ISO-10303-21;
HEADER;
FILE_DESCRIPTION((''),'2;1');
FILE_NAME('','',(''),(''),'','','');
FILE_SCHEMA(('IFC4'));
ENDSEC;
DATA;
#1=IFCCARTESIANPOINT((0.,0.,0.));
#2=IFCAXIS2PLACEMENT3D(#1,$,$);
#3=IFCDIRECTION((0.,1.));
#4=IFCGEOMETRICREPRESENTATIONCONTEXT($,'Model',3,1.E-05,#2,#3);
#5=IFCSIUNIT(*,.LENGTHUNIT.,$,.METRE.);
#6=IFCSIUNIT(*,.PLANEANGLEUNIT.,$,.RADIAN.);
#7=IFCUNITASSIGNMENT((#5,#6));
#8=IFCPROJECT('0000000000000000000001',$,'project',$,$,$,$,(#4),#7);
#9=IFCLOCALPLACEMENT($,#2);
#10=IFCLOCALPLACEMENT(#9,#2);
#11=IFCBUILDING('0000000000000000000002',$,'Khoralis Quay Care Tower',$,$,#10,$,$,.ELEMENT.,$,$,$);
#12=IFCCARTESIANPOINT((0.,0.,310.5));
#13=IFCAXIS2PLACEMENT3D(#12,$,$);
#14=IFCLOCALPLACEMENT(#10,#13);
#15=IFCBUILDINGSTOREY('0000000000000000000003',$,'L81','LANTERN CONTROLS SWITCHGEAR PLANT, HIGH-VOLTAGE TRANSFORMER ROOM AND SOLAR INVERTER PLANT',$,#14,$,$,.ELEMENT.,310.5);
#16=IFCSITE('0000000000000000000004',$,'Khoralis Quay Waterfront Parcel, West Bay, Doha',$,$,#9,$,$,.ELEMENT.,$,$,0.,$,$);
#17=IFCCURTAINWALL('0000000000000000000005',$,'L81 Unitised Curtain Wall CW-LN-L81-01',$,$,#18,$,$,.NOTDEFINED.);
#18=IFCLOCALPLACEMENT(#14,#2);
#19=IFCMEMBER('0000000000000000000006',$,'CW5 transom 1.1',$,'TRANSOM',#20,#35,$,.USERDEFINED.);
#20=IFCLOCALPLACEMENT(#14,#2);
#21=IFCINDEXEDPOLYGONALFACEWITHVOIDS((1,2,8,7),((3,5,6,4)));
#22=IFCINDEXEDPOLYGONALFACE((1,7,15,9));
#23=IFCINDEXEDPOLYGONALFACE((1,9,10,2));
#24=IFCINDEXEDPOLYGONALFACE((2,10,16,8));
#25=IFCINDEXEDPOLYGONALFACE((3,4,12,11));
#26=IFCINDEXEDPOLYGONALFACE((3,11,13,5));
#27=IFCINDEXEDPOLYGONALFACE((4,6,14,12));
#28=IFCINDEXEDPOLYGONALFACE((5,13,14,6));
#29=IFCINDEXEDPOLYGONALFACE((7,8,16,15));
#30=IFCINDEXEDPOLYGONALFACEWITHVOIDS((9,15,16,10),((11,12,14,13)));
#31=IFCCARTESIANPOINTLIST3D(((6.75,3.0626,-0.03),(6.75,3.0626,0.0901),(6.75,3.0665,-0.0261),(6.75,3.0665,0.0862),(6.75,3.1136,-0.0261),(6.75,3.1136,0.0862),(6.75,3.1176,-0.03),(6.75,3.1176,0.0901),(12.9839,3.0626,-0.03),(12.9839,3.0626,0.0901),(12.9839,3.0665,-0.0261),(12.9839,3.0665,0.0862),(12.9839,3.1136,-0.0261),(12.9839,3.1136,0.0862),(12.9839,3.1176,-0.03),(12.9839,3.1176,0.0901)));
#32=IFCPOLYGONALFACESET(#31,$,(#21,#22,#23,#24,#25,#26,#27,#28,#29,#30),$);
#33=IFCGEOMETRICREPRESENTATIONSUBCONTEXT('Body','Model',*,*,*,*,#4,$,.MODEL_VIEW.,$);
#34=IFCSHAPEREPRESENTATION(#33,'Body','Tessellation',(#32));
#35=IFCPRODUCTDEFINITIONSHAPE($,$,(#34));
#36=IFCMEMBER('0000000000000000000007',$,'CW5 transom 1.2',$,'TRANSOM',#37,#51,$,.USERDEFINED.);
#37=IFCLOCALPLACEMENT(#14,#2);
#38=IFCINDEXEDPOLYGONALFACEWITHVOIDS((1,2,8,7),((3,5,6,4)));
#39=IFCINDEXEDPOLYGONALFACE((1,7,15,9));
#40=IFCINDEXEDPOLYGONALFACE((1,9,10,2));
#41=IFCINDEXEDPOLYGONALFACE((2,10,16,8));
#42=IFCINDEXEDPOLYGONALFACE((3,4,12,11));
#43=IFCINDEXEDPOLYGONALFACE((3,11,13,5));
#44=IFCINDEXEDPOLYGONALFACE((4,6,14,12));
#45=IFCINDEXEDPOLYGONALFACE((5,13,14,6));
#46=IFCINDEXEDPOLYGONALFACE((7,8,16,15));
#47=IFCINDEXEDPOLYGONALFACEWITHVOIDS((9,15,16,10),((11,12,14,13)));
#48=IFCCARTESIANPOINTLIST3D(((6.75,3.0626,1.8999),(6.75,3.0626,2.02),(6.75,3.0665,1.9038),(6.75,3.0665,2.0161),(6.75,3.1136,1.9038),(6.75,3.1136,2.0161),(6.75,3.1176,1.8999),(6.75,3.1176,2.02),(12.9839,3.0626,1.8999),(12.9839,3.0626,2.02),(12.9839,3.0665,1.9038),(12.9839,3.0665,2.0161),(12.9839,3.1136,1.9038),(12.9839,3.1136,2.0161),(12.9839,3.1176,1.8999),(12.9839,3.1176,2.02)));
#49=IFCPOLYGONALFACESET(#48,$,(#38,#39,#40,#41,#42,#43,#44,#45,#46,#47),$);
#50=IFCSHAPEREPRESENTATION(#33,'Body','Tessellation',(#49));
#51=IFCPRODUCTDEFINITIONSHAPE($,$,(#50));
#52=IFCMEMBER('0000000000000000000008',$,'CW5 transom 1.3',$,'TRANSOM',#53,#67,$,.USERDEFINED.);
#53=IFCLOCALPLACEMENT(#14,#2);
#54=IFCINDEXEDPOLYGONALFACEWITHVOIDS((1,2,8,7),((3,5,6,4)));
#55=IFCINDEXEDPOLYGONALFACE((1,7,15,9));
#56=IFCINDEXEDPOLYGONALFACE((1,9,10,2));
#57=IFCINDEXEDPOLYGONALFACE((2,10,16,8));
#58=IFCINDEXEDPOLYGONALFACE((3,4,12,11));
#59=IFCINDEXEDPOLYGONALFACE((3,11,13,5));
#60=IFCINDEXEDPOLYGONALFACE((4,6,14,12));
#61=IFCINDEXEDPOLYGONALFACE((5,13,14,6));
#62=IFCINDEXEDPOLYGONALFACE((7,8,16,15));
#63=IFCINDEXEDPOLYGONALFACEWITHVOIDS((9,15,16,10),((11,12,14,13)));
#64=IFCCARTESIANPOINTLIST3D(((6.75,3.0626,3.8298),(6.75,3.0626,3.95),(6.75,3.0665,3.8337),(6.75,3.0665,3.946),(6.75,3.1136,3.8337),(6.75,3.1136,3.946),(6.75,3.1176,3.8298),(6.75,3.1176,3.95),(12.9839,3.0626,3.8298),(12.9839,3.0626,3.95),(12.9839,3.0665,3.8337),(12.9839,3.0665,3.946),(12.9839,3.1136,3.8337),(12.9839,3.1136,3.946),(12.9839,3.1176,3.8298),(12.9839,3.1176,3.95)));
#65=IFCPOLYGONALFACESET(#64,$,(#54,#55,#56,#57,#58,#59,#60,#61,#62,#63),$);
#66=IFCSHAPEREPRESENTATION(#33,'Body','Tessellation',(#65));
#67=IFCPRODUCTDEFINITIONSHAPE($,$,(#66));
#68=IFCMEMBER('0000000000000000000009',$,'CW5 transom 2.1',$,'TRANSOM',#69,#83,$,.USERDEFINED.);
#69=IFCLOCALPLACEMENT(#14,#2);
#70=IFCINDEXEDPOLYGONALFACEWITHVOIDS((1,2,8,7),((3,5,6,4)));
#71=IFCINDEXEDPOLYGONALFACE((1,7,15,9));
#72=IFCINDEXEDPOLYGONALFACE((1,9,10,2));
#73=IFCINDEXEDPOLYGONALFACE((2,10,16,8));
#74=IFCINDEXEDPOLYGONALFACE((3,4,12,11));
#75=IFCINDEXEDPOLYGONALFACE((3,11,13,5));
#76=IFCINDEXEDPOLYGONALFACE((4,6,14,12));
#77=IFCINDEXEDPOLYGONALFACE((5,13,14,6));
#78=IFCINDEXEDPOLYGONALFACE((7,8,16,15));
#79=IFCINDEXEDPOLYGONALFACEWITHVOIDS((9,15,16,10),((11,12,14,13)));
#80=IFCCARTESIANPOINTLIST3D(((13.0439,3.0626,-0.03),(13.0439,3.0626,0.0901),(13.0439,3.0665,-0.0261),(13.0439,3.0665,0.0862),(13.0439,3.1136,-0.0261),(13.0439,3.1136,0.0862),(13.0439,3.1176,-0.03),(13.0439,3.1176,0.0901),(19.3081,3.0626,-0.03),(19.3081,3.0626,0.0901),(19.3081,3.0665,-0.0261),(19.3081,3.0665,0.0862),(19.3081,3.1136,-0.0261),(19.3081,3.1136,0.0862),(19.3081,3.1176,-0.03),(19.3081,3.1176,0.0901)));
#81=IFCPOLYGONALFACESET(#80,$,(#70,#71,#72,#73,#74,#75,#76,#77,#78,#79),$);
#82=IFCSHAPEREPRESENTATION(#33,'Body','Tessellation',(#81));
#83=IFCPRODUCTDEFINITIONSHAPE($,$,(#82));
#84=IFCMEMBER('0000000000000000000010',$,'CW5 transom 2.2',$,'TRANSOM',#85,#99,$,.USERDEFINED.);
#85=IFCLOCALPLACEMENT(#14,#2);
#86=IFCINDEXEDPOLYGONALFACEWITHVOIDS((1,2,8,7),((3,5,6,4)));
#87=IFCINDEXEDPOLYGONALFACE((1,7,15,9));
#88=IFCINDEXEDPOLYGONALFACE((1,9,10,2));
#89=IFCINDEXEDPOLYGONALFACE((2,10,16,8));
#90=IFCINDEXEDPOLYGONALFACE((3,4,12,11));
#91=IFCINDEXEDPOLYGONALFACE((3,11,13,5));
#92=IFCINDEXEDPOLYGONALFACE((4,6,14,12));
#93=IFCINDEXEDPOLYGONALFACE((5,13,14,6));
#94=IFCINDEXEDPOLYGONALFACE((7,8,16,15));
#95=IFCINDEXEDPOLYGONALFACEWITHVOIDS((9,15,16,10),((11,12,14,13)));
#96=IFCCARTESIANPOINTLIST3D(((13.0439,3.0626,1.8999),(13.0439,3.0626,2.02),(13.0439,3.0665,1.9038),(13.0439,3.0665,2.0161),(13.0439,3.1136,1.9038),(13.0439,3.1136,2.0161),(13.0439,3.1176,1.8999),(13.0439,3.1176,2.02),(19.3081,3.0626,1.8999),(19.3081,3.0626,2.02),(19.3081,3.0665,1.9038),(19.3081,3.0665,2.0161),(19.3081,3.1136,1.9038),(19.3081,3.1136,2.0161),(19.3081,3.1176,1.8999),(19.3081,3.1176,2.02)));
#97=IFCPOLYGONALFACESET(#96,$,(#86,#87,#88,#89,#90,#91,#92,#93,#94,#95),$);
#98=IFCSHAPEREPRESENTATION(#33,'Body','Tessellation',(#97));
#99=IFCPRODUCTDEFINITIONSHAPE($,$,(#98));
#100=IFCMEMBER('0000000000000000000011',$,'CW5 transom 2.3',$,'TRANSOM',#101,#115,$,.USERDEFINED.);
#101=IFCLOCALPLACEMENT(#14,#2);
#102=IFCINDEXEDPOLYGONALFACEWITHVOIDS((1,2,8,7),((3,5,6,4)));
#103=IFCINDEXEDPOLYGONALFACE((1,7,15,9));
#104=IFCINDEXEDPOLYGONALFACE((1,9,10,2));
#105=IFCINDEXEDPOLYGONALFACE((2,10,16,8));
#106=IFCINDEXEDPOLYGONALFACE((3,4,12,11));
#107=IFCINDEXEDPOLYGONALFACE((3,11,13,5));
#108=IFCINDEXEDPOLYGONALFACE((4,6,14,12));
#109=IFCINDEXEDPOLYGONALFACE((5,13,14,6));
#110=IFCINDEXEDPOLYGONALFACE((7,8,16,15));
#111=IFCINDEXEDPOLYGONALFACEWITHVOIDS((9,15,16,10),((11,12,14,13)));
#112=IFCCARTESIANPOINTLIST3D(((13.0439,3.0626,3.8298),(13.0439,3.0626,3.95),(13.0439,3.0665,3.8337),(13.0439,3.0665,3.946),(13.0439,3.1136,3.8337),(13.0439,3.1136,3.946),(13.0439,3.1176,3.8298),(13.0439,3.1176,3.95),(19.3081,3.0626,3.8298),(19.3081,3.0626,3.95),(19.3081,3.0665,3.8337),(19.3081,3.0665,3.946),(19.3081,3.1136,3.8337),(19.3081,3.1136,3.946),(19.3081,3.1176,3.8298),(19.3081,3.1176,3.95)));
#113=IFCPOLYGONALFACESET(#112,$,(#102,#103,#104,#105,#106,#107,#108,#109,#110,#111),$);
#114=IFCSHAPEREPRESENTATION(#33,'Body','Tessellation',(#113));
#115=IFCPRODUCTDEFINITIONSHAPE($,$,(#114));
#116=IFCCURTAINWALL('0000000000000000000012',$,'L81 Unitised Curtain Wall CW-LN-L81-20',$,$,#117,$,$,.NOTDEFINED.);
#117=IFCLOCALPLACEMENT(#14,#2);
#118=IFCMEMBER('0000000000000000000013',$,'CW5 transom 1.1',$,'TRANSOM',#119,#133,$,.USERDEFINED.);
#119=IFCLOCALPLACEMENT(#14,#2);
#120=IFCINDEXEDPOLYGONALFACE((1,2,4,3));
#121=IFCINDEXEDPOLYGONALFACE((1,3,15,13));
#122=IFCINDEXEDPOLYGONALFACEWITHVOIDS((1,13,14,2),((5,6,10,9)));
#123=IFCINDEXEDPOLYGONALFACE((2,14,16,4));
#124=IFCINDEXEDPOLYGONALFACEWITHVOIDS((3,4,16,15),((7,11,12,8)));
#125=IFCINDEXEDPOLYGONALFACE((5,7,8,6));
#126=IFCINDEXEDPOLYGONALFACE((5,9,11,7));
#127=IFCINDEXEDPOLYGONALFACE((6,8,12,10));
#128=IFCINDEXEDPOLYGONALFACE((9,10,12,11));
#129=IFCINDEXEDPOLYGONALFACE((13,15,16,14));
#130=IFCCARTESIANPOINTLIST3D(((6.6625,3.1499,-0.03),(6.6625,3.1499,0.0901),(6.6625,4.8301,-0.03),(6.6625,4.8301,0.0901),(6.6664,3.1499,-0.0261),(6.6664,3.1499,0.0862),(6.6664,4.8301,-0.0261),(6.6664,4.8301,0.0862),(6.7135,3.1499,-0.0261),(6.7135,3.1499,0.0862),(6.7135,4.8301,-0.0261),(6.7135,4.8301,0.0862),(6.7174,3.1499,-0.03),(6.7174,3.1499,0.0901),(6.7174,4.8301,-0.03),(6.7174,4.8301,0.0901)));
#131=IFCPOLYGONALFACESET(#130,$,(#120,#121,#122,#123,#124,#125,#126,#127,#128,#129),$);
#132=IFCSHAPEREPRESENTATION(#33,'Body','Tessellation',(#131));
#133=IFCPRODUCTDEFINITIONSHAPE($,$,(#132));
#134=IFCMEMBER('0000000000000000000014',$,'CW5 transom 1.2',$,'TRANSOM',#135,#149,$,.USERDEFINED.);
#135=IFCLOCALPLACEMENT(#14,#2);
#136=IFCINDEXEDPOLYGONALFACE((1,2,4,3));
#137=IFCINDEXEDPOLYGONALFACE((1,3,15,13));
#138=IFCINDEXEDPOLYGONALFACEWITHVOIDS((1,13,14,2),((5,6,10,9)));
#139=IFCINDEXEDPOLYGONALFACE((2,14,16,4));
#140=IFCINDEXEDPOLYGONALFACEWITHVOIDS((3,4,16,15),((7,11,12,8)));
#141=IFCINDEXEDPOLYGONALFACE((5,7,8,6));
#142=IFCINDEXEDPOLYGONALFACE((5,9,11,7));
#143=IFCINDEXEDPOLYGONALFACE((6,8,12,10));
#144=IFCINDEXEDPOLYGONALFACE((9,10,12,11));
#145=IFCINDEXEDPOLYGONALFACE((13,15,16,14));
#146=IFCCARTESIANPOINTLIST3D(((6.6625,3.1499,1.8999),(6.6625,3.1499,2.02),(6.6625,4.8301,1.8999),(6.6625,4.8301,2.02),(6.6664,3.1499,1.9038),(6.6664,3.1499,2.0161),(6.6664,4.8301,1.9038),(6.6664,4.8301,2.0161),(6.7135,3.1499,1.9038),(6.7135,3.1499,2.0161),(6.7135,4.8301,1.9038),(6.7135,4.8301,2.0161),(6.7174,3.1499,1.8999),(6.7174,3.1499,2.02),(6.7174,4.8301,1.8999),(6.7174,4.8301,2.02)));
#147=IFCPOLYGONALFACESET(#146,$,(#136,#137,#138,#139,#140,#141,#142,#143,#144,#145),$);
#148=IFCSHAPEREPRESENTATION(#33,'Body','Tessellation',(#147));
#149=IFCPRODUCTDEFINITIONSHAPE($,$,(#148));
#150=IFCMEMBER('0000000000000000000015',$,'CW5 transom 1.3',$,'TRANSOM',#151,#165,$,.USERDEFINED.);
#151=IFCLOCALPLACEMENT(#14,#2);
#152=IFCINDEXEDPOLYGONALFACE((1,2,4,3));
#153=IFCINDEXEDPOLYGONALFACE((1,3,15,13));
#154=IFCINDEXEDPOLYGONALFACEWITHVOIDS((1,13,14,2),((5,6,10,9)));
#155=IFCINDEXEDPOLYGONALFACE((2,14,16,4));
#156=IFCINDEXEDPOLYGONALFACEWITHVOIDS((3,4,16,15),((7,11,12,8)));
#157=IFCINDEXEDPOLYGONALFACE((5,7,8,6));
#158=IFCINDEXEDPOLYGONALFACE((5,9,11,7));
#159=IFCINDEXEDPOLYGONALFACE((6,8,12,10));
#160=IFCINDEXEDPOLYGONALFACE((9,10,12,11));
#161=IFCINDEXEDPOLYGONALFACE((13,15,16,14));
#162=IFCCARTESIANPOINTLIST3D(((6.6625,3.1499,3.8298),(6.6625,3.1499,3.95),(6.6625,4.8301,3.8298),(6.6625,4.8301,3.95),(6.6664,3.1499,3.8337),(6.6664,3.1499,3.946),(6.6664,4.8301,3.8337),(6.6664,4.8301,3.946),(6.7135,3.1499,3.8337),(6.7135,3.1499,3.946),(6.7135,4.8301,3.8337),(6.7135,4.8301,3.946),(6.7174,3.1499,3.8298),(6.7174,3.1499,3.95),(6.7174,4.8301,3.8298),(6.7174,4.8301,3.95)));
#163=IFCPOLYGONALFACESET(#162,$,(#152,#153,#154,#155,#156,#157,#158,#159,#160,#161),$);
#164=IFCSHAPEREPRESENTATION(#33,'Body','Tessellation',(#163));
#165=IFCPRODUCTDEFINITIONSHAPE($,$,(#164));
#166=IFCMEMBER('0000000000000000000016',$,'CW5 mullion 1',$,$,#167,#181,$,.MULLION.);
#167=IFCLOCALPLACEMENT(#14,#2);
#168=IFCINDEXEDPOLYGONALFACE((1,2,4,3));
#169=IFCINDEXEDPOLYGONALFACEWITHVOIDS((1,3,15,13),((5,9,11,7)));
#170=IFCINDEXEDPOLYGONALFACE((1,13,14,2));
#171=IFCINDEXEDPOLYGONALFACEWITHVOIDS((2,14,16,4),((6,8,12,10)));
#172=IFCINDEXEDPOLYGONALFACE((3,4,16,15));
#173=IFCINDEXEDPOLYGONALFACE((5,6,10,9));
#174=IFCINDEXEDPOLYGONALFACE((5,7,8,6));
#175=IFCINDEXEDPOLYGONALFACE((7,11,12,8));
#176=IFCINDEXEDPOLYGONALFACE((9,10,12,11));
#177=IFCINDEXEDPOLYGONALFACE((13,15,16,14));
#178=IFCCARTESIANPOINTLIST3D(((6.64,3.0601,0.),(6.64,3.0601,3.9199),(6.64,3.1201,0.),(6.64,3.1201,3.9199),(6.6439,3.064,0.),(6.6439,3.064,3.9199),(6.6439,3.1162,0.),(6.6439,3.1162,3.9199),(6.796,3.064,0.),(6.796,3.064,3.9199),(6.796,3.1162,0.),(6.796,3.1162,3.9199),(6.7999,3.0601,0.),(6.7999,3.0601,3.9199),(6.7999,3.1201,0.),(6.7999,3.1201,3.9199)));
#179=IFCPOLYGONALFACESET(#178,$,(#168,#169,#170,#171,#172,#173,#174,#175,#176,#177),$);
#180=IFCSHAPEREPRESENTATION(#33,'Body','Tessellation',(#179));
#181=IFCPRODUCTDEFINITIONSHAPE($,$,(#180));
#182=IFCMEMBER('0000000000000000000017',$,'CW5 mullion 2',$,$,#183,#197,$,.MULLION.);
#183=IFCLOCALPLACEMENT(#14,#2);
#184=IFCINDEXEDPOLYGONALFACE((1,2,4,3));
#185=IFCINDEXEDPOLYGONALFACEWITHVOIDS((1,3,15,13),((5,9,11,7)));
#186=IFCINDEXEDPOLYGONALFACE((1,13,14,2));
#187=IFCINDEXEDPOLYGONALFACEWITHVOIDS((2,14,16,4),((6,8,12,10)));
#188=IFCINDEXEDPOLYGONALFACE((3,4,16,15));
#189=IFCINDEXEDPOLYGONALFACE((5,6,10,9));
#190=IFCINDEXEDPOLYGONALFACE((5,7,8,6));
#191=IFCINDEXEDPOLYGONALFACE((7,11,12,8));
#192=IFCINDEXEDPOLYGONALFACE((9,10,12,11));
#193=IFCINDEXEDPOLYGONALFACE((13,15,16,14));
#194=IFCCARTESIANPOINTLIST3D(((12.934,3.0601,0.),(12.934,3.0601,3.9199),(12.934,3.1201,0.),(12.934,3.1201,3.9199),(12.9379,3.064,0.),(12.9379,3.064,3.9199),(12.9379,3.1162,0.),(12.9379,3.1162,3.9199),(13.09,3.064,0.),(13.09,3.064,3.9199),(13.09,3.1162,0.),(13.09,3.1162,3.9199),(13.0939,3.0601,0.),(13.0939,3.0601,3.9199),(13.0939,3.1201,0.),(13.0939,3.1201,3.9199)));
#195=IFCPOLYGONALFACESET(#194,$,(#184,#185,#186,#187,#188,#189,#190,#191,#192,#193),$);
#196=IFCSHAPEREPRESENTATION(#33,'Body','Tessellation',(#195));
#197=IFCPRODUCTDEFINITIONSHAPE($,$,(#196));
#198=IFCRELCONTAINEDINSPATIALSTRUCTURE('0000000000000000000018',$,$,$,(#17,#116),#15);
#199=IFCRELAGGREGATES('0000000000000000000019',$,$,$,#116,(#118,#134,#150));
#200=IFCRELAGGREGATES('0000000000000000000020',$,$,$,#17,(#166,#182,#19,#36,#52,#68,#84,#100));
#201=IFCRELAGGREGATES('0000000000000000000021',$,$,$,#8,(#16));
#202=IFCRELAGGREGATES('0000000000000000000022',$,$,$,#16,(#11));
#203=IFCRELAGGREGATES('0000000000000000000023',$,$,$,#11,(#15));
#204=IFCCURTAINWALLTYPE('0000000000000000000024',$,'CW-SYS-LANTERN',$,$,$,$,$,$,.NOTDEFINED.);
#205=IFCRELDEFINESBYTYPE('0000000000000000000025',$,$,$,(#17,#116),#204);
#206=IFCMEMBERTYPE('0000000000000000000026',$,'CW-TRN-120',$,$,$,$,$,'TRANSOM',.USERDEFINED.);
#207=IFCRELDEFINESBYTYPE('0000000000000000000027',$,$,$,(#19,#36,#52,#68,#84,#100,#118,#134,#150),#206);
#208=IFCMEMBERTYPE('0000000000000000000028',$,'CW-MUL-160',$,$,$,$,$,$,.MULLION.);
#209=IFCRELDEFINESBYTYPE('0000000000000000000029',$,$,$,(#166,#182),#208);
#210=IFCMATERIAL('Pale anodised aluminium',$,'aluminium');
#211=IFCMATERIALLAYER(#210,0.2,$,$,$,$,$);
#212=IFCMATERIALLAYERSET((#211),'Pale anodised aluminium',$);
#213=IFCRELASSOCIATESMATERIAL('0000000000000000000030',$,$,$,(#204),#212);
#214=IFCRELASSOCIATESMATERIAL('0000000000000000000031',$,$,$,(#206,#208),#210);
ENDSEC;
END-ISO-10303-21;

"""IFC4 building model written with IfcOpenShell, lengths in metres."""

from ifc_helpers import new_model, si_unit, direction, frame, origin, origin_2d, place, context, subcontext, project, spatial, hollow_rectangle, extrude, source, transform, mapped, material, layer, layer_set, material_profile, profile_set, type_object, element, aggregate, save


model = new_model("IFC4")

# Units and contexts
model_context = context("Model", 3, precision=1e-05, world=origin(), true_north=direction((0.0, 1.0)))
body_context = subcontext(model_context, "Body", "Model", "MODEL_VIEW")
ifc_project = project(units=[si_unit("LENGTHUNIT", "METRE"), si_unit("PLANEANGLEUNIT", "RADIAN")], contexts=[model_context])

# Site, building, storey
site_placement = place(None, origin())
site = spatial("IfcSite", under=ifc_project, at=site_placement, Name="Khoralis Quay Waterfront Parcel, West Bay, Doha", CompositionType="ELEMENT", RefElevation=0.0)
building_placement = place(site_placement, origin())
building = spatial("IfcBuilding", under=site, at=building_placement, Name="Khoralis Quay Care Tower", CompositionType="ELEMENT")
storey_placement = place(building_placement, frame((0.0, 0.0, 310.5)))
storey = spatial("IfcBuildingStorey", under=building, at=storey_placement, Name="L81", Description="LANTERN CONTROLS SWITCHGEAR PLANT, HIGH-VOLTAGE TRANSFORMER ROOM AND SOLAR INVERTER PLANT", CompositionType="ELEMENT", Elevation=310.5)

# Curtain walls, members
ifc_material_1 = material(Name="Pale anodised aluminium", Category="aluminium")
ifc_layer_1 = layer(ifc_material_1, 0.2)
ifc_layer_set_1 = layer_set([ifc_layer_1], Name="Pale anodised aluminium")
curtain_wall_type = type_object("IfcCurtainWallType", Name="CW-SYS-LANTERN", PredefinedType="NOTDEFINED", material=ifc_layer_set_1)
curtain_wall_1_placement = place(storey_placement, origin())
curtain_wall_1 = element("IfcCurtainWall", 1, at=curtain_wall_1_placement, inside=storey, type_object=curtain_wall_type, Name="L81 Unitised Curtain Wall CW-LN-L81-01", PredefinedType="NOTDEFINED")
ifc_material_profile_1 = material_profile(ifc_material_1, hollow_rectangle(XDim=0.0549, YDim=0.1201, WallThickness=0.0039, at=origin_2d()), Name="Pale anodised aluminium")
ifc_profile_set_1 = profile_set([ifc_material_profile_1], Name="Pale anodised aluminium")
member_type_1 = type_object("IfcMemberType", Name="CW-TRN-120", ElementType="TRANSOM", PredefinedType="USERDEFINED", material=ifc_profile_set_1)
shared_shape_1 = source(origin(), body_context, "Body", "SweptSolid", [
    extrude(hollow_rectangle(XDim=0.0549, YDim=0.1201, WallThickness=0.0039, at=origin_2d()), origin(), (0.0, 0.0, 1.0), 6.2339),
])
member_1_placement = place(storey_placement, frame((6.75, 3.0901, 0.03), z_axis=(1.0, 0.0, 0.0), x_axis=(0.0, 1.0, 0.0)))
member_1 = element("IfcMember", 2, at=member_1_placement, type_object=member_type_1, Name="CW5 transom 1.1", ObjectType="TRANSOM", PredefinedType="USERDEFINED", context=body_context, shape_type="MappedRepresentation", body=[
    mapped(shared_shape_1, transform((0.0, 0.0, 0.0), scale=1.0)),
])
member_2_placement = place(storey_placement, frame((6.75, 3.0901, 1.96), z_axis=(1.0, 0.0, 0.0), x_axis=(0.0, 1.0, 0.0)))
member_2 = element("IfcMember", 3, at=member_2_placement, type_object=member_type_1, Name="CW5 transom 1.2", ObjectType="TRANSOM", PredefinedType="USERDEFINED", context=body_context, shape_type="MappedRepresentation", body=[
    mapped(shared_shape_1, transform((0.0, 0.0, 0.0), scale=1.0)),
])
member_3_placement = place(storey_placement, frame((6.75, 3.0901, 3.8899), z_axis=(1.0, 0.0, 0.0), x_axis=(0.0, 1.0, 0.0)))
member_3 = element("IfcMember", 4, at=member_3_placement, type_object=member_type_1, Name="CW5 transom 1.3", ObjectType="TRANSOM", PredefinedType="USERDEFINED", context=body_context, shape_type="MappedRepresentation", body=[
    mapped(shared_shape_1, transform((0.0, 0.0, 0.0), scale=1.0)),
])
shared_shape_2 = source(origin(), body_context, "Body", "SweptSolid", [
    extrude(hollow_rectangle(XDim=0.0549, YDim=0.1201, WallThickness=0.0039, at=origin_2d()), origin(), (0.0, 0.0, 1.0), 6.2642),
])
member_4_placement = place(storey_placement, frame((13.0439, 3.0901, 0.03), z_axis=(1.0, 0.0, 0.0), x_axis=(0.0, 1.0, 0.0)))
member_4 = element("IfcMember", 5, at=member_4_placement, type_object=member_type_1, Name="CW5 transom 2.1", ObjectType="TRANSOM", PredefinedType="USERDEFINED", context=body_context, shape_type="MappedRepresentation", body=[
    mapped(shared_shape_2, transform((0.0, 0.0, 0.0), scale=1.0)),
])
member_5_placement = place(storey_placement, frame((13.0439, 3.0901, 1.96), z_axis=(1.0, 0.0, 0.0), x_axis=(0.0, 1.0, 0.0)))
member_5 = element("IfcMember", 6, at=member_5_placement, type_object=member_type_1, Name="CW5 transom 2.2", ObjectType="TRANSOM", PredefinedType="USERDEFINED", context=body_context, shape_type="MappedRepresentation", body=[
    mapped(shared_shape_2, transform((0.0, 0.0, 0.0), scale=1.0)),
])
member_6_placement = place(storey_placement, frame((13.0439, 3.0901, 3.8899), z_axis=(1.0, 0.0, 0.0), x_axis=(0.0, 1.0, 0.0)))
member_6 = element("IfcMember", 7, at=member_6_placement, type_object=member_type_1, Name="CW5 transom 2.3", ObjectType="TRANSOM", PredefinedType="USERDEFINED", context=body_context, shape_type="MappedRepresentation", body=[
    mapped(shared_shape_2, transform((0.0, 0.0, 0.0), scale=1.0)),
])
curtain_wall_2_placement = place(storey_placement, origin())
curtain_wall_2 = element("IfcCurtainWall", 8, at=curtain_wall_2_placement, inside=storey, type_object=curtain_wall_type, Name="L81 Unitised Curtain Wall CW-LN-L81-20", PredefinedType="NOTDEFINED")
shared_shape_3 = source(origin(), body_context, "Body", "SweptSolid", [
    extrude(hollow_rectangle(XDim=0.0549, YDim=0.1201, WallThickness=0.0039, at=origin_2d()), origin(), (0.0, 0.0, 1.0), 1.6802),
])
member_7_placement = place(storey_placement, frame((6.6899, 4.8301, 0.03), z_axis=(0.0, -1.0, 0.0), x_axis=(1.0, 0.0, 0.0)))
member_7 = element("IfcMember", 9, at=member_7_placement, type_object=member_type_1, Name="CW5 transom 1.1", ObjectType="TRANSOM", PredefinedType="USERDEFINED", context=body_context, shape_type="MappedRepresentation", body=[
    mapped(shared_shape_3, transform((0.0, 0.0, 0.0), scale=1.0)),
])
member_8_placement = place(storey_placement, frame((6.6899, 4.8301, 1.96), z_axis=(0.0, -1.0, 0.0), x_axis=(1.0, 0.0, 0.0)))
member_8 = element("IfcMember", 10, at=member_8_placement, type_object=member_type_1, Name="CW5 transom 1.2", ObjectType="TRANSOM", PredefinedType="USERDEFINED", context=body_context, shape_type="MappedRepresentation", body=[
    mapped(shared_shape_3, transform((0.0, 0.0, 0.0), scale=1.0)),
])
member_9_placement = place(storey_placement, frame((6.6899, 4.8301, 3.8899), z_axis=(0.0, -1.0, 0.0), x_axis=(1.0, 0.0, 0.0)))
member_9 = element("IfcMember", 11, at=member_9_placement, type_object=member_type_1, Name="CW5 transom 1.3", ObjectType="TRANSOM", PredefinedType="USERDEFINED", context=body_context, shape_type="MappedRepresentation", body=[
    mapped(shared_shape_3, transform((0.0, 0.0, 0.0), scale=1.0)),
])

# Members
ifc_material_profile_2 = material_profile(ifc_material_1, hollow_rectangle(XDim=0.0601, YDim=0.1599, WallThickness=0.0039, at=origin_2d()), Name="Pale anodised aluminium")
ifc_profile_set_2 = profile_set([ifc_material_profile_2], Name="Pale anodised aluminium")
member_type_2 = type_object("IfcMemberType", Name="CW-MUL-160", PredefinedType="MULLION", material=ifc_profile_set_2)
shared_shape_4 = source(origin(), body_context, "Body", "SweptSolid", [
    extrude(hollow_rectangle(XDim=0.0601, YDim=0.1599, WallThickness=0.0039, at=origin_2d()), origin(), (0.0, 0.0, 1.0), 3.9199),
])
member_10_placement = place(storey_placement, frame((6.72, 3.0901, 0.0), z_axis=(0.0, 0.0, 1.0), x_axis=(0.0, 1.0, 0.0)))
member_10 = element("IfcMember", 12, at=member_10_placement, type_object=member_type_2, Name="CW5 mullion 1", PredefinedType="MULLION", context=body_context, shape_type="MappedRepresentation", body=[
    mapped(shared_shape_4, transform((0.0, 0.0, 0.0), scale=1.0)),
])
member_11_placement = place(storey_placement, frame((13.0139, 3.0901, 0.0), z_axis=(0.0, 0.0, 1.0), x_axis=(0.0, 1.0, 0.0)))
member_11 = element("IfcMember", 13, at=member_11_placement, type_object=member_type_2, Name="CW5 mullion 2", PredefinedType="MULLION", context=body_context, shape_type="MappedRepresentation", body=[
    mapped(shared_shape_4, transform((0.0, 0.0, 0.0), scale=1.0)),
])
aggregate(curtain_wall_2, [member_7, member_8, member_9])

aggregate(curtain_wall_1, [member_10, member_11, member_1, member_2, member_3, member_4, member_5, member_6])

save(model, "model.ifc")
